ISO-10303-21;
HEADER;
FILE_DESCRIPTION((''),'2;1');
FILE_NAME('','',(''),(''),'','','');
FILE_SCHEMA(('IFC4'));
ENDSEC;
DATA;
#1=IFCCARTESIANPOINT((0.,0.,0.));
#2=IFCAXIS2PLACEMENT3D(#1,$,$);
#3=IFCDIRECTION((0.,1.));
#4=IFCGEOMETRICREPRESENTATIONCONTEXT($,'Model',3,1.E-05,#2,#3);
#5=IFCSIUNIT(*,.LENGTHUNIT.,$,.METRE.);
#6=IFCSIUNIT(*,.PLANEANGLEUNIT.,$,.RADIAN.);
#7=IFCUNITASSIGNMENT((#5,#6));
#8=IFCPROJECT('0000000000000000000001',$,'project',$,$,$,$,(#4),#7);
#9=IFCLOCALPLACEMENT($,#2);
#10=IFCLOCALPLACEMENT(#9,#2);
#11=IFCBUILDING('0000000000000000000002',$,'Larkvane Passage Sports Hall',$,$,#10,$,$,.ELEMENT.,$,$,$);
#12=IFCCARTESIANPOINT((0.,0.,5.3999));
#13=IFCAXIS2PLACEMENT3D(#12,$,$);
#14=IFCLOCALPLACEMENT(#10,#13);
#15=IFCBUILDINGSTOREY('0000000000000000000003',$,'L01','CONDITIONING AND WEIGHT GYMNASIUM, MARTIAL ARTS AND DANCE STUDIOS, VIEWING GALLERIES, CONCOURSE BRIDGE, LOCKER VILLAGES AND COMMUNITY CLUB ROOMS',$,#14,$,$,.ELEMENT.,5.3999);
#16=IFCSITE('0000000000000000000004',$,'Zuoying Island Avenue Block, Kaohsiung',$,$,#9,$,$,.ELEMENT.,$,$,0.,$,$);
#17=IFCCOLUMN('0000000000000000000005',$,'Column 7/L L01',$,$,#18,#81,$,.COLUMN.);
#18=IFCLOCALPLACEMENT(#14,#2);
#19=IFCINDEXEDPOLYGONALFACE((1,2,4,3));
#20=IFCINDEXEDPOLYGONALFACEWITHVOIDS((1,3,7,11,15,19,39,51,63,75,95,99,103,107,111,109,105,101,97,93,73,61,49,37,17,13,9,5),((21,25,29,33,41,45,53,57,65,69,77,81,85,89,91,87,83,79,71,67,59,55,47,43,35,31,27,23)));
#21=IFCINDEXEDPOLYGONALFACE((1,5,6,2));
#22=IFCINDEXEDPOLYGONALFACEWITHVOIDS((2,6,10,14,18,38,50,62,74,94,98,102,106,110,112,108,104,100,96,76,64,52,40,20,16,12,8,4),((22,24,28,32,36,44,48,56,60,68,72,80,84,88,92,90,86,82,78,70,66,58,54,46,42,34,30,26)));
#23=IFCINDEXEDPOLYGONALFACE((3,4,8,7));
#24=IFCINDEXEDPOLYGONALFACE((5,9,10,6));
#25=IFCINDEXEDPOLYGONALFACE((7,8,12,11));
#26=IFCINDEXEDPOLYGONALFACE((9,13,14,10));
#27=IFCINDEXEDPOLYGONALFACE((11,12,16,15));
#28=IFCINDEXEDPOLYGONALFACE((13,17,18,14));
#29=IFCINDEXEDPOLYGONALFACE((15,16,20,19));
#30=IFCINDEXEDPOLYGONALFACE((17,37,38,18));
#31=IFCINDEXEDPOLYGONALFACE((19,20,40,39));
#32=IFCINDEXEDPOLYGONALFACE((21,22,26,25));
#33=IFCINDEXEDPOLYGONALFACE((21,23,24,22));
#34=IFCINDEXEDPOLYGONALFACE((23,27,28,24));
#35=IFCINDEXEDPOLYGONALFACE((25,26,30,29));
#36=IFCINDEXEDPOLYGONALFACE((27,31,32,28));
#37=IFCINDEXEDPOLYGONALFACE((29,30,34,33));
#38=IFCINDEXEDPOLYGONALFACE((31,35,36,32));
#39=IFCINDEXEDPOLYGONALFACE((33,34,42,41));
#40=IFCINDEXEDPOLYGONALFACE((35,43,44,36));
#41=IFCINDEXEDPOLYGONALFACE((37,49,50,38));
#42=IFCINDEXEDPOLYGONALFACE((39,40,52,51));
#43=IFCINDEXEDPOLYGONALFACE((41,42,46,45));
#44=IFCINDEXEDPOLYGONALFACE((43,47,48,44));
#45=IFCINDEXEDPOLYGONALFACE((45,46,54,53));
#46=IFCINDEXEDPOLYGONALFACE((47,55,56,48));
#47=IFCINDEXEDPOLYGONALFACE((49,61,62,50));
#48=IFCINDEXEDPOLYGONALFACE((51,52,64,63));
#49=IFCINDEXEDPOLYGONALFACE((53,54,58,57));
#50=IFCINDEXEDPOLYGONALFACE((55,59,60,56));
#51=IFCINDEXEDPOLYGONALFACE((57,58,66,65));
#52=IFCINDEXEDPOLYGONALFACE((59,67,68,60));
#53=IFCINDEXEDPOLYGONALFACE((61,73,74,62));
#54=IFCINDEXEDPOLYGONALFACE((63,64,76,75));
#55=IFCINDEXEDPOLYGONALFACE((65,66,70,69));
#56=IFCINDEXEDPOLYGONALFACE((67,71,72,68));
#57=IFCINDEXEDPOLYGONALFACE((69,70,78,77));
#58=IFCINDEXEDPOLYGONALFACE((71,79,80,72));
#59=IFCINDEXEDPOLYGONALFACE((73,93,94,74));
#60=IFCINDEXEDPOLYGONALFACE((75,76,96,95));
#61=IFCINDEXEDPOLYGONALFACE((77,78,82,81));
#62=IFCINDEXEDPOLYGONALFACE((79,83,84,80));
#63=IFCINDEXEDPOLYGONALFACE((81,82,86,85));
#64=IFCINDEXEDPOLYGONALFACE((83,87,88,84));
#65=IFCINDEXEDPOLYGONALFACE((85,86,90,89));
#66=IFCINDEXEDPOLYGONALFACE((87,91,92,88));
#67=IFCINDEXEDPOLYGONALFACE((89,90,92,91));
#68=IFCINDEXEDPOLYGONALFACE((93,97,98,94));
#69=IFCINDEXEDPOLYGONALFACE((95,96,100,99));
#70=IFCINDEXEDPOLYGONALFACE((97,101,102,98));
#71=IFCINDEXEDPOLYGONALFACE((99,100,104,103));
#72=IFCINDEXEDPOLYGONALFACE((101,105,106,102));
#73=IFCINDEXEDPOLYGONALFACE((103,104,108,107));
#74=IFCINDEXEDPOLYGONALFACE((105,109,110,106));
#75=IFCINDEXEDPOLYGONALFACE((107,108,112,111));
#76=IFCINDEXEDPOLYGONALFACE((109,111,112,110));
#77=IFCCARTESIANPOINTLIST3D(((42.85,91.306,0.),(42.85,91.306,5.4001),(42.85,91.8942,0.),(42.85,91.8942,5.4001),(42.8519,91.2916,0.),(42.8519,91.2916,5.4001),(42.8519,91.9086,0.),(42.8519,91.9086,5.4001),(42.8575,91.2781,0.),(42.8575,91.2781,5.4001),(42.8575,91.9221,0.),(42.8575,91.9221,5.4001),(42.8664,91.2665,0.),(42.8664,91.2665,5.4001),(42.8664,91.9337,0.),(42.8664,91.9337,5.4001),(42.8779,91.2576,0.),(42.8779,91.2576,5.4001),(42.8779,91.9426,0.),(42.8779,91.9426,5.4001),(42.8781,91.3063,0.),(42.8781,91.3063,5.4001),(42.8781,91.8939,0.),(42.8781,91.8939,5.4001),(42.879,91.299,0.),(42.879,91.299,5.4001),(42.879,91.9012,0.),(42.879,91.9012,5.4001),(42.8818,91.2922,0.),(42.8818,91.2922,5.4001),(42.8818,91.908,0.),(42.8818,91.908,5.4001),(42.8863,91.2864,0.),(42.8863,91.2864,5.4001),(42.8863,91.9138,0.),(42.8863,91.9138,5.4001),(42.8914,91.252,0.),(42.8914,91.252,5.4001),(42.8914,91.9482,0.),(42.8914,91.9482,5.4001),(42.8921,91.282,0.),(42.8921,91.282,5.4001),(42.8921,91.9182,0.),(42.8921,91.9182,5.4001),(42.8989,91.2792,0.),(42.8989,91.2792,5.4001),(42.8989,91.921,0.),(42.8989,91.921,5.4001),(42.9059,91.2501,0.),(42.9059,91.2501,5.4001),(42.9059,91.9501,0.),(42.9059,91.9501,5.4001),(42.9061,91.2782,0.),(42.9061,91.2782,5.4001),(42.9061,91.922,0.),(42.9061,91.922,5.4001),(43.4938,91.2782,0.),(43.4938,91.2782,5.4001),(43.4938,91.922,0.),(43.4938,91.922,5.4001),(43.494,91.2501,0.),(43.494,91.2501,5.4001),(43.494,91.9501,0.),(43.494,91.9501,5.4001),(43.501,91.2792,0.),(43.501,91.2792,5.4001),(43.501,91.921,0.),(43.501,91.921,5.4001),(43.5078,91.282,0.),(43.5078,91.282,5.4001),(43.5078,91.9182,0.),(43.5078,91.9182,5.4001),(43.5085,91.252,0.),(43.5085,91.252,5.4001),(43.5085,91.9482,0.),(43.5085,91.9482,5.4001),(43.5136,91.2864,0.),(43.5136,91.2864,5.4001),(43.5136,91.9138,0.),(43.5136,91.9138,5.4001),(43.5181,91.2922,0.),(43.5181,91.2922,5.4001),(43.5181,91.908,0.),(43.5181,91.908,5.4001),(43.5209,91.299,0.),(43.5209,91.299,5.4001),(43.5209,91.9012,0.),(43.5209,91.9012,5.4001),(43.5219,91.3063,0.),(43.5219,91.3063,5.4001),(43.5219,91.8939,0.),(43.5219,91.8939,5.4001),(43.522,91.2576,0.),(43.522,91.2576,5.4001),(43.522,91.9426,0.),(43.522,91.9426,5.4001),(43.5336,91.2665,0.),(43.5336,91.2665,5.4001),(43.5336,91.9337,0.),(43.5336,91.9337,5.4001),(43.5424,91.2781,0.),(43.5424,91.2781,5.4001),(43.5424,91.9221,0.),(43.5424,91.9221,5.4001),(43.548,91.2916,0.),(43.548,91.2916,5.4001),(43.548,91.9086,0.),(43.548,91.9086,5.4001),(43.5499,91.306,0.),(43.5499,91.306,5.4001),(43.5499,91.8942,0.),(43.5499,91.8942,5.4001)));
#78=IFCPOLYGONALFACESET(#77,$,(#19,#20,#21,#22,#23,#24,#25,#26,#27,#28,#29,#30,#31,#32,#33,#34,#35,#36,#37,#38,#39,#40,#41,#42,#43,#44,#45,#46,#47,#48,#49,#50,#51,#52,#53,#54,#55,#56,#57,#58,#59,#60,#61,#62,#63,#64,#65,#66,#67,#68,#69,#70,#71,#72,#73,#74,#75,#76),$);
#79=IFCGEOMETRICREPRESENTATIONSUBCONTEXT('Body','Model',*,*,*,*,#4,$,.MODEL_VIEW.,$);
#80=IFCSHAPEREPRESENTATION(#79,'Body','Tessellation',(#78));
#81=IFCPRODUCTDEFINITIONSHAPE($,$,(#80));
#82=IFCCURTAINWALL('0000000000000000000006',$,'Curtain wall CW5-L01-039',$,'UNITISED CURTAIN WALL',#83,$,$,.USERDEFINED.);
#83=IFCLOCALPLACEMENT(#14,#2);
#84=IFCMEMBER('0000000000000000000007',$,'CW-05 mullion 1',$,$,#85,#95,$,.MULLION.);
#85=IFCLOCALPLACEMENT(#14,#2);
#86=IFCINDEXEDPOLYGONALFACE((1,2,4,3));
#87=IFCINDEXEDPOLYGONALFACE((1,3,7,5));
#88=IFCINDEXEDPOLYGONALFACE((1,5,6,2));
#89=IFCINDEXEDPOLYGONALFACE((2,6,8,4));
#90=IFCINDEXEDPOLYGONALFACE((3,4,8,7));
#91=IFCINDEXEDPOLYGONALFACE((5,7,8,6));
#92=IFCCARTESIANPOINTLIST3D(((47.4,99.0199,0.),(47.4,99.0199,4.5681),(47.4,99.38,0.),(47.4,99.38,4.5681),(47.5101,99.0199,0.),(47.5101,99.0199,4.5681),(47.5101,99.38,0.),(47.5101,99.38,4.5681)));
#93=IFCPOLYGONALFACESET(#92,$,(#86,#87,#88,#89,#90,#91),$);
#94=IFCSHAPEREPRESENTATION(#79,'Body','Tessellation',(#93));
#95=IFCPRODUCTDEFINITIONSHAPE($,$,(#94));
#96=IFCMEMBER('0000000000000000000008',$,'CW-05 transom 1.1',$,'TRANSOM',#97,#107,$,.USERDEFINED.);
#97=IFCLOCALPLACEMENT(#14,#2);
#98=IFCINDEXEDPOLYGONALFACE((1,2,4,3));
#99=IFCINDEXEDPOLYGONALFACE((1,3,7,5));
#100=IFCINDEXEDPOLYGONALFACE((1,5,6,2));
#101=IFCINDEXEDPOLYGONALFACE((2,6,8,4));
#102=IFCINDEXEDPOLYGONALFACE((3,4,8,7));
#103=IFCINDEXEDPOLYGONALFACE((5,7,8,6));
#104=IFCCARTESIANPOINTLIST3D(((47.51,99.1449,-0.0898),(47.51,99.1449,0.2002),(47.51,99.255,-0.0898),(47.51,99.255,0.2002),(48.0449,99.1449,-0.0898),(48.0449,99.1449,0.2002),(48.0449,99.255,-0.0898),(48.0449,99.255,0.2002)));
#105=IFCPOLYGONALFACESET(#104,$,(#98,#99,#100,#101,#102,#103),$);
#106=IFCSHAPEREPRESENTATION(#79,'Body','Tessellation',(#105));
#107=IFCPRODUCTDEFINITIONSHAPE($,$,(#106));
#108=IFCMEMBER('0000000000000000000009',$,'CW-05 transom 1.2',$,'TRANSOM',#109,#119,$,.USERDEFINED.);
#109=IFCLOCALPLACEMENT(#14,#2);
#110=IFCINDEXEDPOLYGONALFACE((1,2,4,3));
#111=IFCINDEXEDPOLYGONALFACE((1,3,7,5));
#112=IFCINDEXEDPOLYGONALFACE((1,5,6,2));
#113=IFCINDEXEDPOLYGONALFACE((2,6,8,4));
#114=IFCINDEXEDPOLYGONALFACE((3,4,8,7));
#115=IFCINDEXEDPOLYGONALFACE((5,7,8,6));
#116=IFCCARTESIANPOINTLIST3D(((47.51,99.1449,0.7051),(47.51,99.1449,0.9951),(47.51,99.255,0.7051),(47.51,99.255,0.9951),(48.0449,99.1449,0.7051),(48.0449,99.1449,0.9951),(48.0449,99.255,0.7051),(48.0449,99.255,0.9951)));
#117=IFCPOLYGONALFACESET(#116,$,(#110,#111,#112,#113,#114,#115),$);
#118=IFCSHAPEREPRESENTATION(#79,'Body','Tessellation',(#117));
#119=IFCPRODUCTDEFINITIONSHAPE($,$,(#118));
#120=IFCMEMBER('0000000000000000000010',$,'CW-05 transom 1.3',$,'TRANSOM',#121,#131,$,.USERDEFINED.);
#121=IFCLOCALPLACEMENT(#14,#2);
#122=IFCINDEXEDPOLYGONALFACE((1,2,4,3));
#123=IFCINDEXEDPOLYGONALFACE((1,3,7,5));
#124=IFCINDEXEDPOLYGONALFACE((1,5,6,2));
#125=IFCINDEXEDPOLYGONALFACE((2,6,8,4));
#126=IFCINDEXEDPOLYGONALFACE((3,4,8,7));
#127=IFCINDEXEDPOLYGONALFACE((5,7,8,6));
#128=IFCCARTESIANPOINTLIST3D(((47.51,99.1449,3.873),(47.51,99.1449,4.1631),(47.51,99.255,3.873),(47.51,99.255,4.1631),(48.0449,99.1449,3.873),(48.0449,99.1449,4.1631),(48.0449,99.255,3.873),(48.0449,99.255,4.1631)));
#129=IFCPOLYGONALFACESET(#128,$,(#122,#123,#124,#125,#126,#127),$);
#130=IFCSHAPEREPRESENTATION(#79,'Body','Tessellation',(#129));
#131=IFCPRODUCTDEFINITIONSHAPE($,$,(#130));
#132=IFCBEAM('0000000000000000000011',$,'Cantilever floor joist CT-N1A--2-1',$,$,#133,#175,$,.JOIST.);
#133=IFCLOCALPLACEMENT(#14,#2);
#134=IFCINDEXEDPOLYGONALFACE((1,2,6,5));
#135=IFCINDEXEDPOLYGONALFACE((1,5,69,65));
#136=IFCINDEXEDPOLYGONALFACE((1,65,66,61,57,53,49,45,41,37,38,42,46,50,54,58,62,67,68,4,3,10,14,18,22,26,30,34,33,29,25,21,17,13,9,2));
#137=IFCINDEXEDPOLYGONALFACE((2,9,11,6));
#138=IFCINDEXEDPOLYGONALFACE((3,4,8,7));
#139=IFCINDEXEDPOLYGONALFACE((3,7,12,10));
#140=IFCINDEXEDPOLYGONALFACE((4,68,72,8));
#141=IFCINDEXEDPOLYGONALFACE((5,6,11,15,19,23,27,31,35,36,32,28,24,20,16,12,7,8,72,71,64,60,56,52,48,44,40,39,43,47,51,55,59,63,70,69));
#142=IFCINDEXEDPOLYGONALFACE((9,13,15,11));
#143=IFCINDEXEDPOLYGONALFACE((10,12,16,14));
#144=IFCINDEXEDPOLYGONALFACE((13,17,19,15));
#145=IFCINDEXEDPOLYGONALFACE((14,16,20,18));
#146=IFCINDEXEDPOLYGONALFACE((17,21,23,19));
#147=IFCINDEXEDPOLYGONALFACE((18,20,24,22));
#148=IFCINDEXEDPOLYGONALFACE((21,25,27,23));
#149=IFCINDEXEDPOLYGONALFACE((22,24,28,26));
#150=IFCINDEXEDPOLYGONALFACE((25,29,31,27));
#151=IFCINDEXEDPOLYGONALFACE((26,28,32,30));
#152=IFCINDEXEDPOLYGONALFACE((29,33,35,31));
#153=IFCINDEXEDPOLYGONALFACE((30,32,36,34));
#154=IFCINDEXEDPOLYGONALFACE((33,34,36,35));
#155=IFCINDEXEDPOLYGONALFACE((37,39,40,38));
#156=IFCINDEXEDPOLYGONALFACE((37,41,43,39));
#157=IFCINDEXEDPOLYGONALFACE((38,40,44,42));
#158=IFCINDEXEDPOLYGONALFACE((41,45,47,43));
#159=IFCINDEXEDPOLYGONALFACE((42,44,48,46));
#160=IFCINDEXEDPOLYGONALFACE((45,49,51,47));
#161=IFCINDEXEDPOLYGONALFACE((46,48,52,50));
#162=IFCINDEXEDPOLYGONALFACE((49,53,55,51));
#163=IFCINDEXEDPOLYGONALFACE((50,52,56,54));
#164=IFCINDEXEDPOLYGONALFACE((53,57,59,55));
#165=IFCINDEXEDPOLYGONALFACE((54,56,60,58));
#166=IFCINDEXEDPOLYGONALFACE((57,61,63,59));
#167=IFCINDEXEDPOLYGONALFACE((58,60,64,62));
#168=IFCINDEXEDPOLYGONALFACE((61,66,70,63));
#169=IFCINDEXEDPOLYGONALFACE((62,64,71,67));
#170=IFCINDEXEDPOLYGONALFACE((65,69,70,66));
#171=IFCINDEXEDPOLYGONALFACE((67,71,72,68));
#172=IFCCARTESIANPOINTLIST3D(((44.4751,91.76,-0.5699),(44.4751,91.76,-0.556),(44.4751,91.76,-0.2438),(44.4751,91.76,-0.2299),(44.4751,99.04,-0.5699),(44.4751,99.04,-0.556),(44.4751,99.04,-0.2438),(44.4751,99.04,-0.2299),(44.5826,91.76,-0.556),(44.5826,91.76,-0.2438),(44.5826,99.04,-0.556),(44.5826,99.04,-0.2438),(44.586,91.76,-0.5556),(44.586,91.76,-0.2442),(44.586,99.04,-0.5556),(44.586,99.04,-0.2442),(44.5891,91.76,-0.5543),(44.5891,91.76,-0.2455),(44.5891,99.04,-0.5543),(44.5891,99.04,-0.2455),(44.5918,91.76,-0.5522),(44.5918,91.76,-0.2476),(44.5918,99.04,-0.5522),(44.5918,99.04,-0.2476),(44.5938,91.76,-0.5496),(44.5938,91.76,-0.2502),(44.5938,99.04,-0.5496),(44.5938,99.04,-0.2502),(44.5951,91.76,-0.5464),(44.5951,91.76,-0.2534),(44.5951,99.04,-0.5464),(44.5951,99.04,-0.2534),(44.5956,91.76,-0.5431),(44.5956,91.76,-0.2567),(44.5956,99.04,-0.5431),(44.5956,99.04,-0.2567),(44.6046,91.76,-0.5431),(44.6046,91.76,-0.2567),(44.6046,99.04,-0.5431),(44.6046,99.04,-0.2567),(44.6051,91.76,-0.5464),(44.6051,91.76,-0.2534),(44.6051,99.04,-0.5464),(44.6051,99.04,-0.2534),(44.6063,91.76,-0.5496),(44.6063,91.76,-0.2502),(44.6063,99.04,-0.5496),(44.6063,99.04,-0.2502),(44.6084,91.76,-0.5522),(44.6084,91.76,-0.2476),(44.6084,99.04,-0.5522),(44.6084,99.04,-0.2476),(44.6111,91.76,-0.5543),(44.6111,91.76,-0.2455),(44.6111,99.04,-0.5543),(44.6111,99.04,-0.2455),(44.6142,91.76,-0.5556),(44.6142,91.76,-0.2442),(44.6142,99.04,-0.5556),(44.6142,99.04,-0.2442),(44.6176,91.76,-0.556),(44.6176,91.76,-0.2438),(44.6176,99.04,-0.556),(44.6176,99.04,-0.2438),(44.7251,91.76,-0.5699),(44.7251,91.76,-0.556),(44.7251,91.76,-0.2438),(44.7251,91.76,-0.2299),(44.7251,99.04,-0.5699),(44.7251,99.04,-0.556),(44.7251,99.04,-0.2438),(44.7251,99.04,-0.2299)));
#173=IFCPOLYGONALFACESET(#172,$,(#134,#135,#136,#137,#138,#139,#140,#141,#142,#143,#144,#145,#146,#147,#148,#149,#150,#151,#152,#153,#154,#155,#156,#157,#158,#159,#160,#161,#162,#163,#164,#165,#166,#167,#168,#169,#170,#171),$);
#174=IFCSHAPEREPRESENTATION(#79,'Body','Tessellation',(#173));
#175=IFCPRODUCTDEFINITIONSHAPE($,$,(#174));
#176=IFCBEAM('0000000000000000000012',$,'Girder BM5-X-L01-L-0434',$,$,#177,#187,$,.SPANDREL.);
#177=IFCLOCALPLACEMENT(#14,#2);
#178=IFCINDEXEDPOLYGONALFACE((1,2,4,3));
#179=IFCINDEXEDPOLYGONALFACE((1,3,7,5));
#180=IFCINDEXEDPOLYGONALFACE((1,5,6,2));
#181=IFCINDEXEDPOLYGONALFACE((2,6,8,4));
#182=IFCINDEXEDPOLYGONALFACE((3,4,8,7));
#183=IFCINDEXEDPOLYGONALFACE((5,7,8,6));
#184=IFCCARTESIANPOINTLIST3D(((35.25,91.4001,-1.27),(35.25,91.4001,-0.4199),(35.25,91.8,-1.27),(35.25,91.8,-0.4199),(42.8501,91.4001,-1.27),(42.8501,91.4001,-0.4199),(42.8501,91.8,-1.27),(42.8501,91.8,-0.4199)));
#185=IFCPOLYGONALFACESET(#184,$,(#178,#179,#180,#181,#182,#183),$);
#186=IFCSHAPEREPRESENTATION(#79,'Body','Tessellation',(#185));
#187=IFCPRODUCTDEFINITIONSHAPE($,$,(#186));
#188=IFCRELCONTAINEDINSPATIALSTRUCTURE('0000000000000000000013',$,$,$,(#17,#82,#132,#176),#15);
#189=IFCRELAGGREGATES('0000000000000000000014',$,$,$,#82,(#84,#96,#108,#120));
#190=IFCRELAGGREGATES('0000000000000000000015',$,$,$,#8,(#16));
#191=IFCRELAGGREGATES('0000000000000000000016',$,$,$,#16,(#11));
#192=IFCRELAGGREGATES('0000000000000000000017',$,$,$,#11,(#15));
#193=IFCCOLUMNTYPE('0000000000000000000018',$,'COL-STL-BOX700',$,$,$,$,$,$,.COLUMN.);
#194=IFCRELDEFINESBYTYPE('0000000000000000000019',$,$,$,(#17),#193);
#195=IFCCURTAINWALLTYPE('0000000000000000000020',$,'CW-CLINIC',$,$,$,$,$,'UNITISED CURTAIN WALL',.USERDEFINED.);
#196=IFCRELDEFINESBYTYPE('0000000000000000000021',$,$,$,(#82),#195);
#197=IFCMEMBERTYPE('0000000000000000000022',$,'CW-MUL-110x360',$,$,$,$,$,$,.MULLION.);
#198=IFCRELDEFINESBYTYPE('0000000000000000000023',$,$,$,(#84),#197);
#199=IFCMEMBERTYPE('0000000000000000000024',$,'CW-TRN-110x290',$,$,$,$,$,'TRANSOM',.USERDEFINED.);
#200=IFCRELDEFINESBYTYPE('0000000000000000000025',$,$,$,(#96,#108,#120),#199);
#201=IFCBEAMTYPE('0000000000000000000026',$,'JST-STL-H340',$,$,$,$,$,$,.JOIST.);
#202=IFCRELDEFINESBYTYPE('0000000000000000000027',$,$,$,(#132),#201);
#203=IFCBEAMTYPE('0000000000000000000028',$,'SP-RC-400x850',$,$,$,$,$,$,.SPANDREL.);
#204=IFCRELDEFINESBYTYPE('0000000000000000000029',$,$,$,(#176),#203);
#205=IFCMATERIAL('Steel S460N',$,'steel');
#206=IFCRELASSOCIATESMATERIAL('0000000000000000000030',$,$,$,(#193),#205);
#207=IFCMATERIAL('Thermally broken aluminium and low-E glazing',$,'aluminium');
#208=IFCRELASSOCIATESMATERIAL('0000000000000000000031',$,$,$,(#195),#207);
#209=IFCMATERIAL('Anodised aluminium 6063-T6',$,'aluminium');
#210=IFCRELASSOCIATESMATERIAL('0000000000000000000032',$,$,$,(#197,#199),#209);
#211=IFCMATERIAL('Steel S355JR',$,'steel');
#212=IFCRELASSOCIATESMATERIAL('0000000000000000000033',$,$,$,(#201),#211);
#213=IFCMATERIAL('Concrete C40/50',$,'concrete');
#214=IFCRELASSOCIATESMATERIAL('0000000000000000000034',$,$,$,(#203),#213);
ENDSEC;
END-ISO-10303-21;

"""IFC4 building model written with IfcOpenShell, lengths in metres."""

from ifc_helpers import new_model, si_unit, direction, frame, origin, origin_2d, place, context, subcontext, project, spatial, rectangle, hollow_rectangle, i_section, extrude, material, material_profile, profile_set, type_object, element, aggregate, save


model = new_model("IFC4")

# Units and contexts
model_context = context("Model", 3, precision=1e-05, world=origin(), true_north=direction((0.0, 1.0)))
body_context = subcontext(model_context, "Body", "Model", "MODEL_VIEW")
ifc_project = project(units=[si_unit("LENGTHUNIT", "METRE"), si_unit("PLANEANGLEUNIT", "RADIAN")], contexts=[model_context])

# Site, building, storey
site_placement = place(None, origin())
site = spatial("IfcSite", under=ifc_project, at=site_placement, Name="Zuoying Island Avenue Block, Kaohsiung", CompositionType="ELEMENT", RefElevation=0.0)
building_placement = place(site_placement, origin())
building = spatial("IfcBuilding", under=site, at=building_placement, Name="Larkvane Passage Sports Hall", CompositionType="ELEMENT")
storey_placement = place(building_placement, frame((0.0, 0.0, 5.3999)))
storey = spatial("IfcBuildingStorey", under=building, at=storey_placement, Name="L01", Description="CONDITIONING AND WEIGHT GYMNASIUM, MARTIAL ARTS AND DANCE STUDIOS, VIEWING GALLERIES, CONCOURSE BRIDGE, LOCKER VILLAGES AND COMMUNITY CLUB ROOMS", CompositionType="ELEMENT", Elevation=5.3999)

# Column
ifc_material_1 = material(Name="Steel S460N", Category="steel")
ifc_material_profile_1 = material_profile(ifc_material_1, hollow_rectangle(XDim=0.7, YDim=0.7, WallThickness=0.0281, InnerFilletRadius=0.0281, OuterFilletRadius=0.0559, at=origin_2d()), Name="BOX-700x700x28")
ifc_profile_set_1 = profile_set([ifc_material_profile_1], Name="Steel S460N")
column_type = type_object("IfcColumnType", Name="COL-STL-BOX700", PredefinedType="COLUMN", material=ifc_profile_set_1)
column_placement = place(storey_placement, frame((43.2, 91.6001, 0.0), z_axis=(0.0, 0.0, 1.0), x_axis=(1.0, 0.0, 0.0)))
element("IfcColumn", 1, at=column_placement, inside=storey, type_object=column_type, Name="Column 7/L L01", PredefinedType="COLUMN", context=body_context, shape_type="SweptSolid", body=[
    extrude(hollow_rectangle(XDim=0.7, YDim=0.7, WallThickness=0.0281, InnerFilletRadius=0.0281, OuterFilletRadius=0.0559, at=origin_2d()), origin(), (0.0, 0.0, 1.0), 5.4001),
])

# Curtain wall, members
ifc_material_2 = material(Name="Thermally broken aluminium and low-E glazing", Category="aluminium")
curtain_wall_type = type_object("IfcCurtainWallType", Name="CW-CLINIC", ElementType="UNITISED CURTAIN WALL", PredefinedType="USERDEFINED", material=ifc_material_2)
curtain_wall_placement = place(storey_placement, origin())
curtain_wall = element("IfcCurtainWall", 2, at=curtain_wall_placement, inside=storey, type_object=curtain_wall_type, Name="Curtain wall CW5-L01-039", ObjectType="UNITISED CURTAIN WALL", PredefinedType="USERDEFINED")
ifc_material_3 = material(Name="Anodised aluminium 6063-T6", Category="aluminium")
ifc_material_profile_2 = material_profile(ifc_material_3, rectangle(XDim=0.1101, YDim=0.3601, at=origin_2d()), Name="ALU-MUL-110x360")
ifc_profile_set_2 = profile_set([ifc_material_profile_2], Name="Anodised aluminium 6063-T6")
member_type_1 = type_object("IfcMemberType", Name="CW-MUL-110x360", PredefinedType="MULLION", material=ifc_profile_set_2)
member_1_placement = place(storey_placement, frame((47.4551, 99.2, 0.0), z_axis=(0.0, 0.0, 1.0), x_axis=(1.0, 0.0, 0.0)))
member_1 = element("IfcMember", 3, at=member_1_placement, type_object=member_type_1, Name="CW-05 mullion 1", PredefinedType="MULLION", context=body_context, shape_type="SweptSolid", body=[
    extrude(rectangle(XDim=0.1101, YDim=0.3601, at=origin_2d()), origin(), (0.0, 0.0, 1.0), 4.5681),
])
ifc_material_profile_3 = material_profile(ifc_material_3, rectangle(XDim=0.1101, YDim=0.29, at=origin_2d()), Name="ALU-TRN-110x290")
ifc_profile_set_3 = profile_set([ifc_material_profile_3], Name="Anodised aluminium 6063-T6")
member_type_2 = type_object("IfcMemberType", Name="CW-TRN-110x290", ElementType="TRANSOM", PredefinedType="USERDEFINED", material=ifc_profile_set_3)
member_2_placement = place(storey_placement, frame((47.51, 99.2, 0.0552), z_axis=(1.0, 0.0, 0.0), x_axis=(0.0, 1.0, 0.0)))
member_2 = element("IfcMember", 4, at=member_2_placement, type_object=member_type_2, Name="CW-05 transom 1.1", ObjectType="TRANSOM", PredefinedType="USERDEFINED", context=body_context, shape_type="SweptSolid", body=[
    extrude(rectangle(XDim=0.1101, YDim=0.29, at=origin_2d()), origin(), (0.0, 0.0, 1.0), 0.5349),
])
member_3_placement = place(storey_placement, frame((47.51, 99.2, 0.8501), z_axis=(1.0, 0.0, 0.0), x_axis=(0.0, 1.0, 0.0)))
member_3 = element("IfcMember", 5, at=member_3_placement, type_object=member_type_2, Name="CW-05 transom 1.2", ObjectType="TRANSOM", PredefinedType="USERDEFINED", context=body_context, shape_type="SweptSolid", body=[
    extrude(rectangle(XDim=0.1101, YDim=0.29, at=origin_2d()), origin(), (0.0, 0.0, 1.0), 0.5349),
])
member_4_placement = place(storey_placement, frame((47.51, 99.2, 4.0181), z_axis=(1.0, 0.0, 0.0), x_axis=(0.0, 1.0, 0.0)))
member_4 = element("IfcMember", 6, at=member_4_placement, type_object=member_type_2, Name="CW-05 transom 1.3", ObjectType="TRANSOM", PredefinedType="USERDEFINED", context=body_context, shape_type="SweptSolid", body=[
    extrude(rectangle(XDim=0.1101, YDim=0.29, at=origin_2d()), origin(), (0.0, 0.0, 1.0), 0.5349),
])
aggregate(curtain_wall, [member_1, member_2, member_3, member_4])

# Beams
ifc_material_4 = material(Name="Steel S355JR", Category="steel")
ifc_material_profile_4 = material_profile(ifc_material_4, i_section(OverallWidth=0.25, OverallDepth=0.3401, WebThickness=0.009, FlangeThickness=0.0139, FilletRadius=0.0129, at=origin_2d()), Name="H-340x250x9x14")
ifc_profile_set_4 = profile_set([ifc_material_profile_4], Name="Steel S355JR")
beam_type_1 = type_object("IfcBeamType", Name="JST-STL-H340", PredefinedType="JOIST", material=ifc_profile_set_4)
beam_1_placement = place(storey_placement, frame((44.6001, 91.76, -0.3999), z_axis=(0.0, 1.0, 0.0), x_axis=(-1.0, 0.0, 0.0)))
element("IfcBeam", 7, at=beam_1_placement, inside=storey, type_object=beam_type_1, Name="Cantilever floor joist CT-N1A--2-1", PredefinedType="JOIST", context=body_context, shape_type="SweptSolid", body=[
    extrude(i_section(OverallWidth=0.25, OverallDepth=0.3401, WebThickness=0.009, FlangeThickness=0.0139, FilletRadius=0.0129, at=origin_2d()), origin(), (0.0, 0.0, 1.0), 7.28),
])
ifc_material_5 = material(Name="Concrete C40/50", Category="concrete")
ifc_material_profile_5 = material_profile(ifc_material_5, rectangle(XDim=0.3999, YDim=0.8501, at=origin_2d()), Name="RC-SP-400x850")
ifc_profile_set_5 = profile_set([ifc_material_profile_5], Name="Concrete C40/50")
beam_type_2 = type_object("IfcBeamType", Name="SP-RC-400x850", PredefinedType="SPANDREL", material=ifc_profile_set_5)
beam_2_placement = place(storey_placement, frame((35.25, 91.6001, -0.845), z_axis=(1.0, 0.0, 0.0), x_axis=(0.0, 1.0, 0.0)))
element("IfcBeam", 8, at=beam_2_placement, inside=storey, type_object=beam_type_2, Name="Girder BM5-X-L01-L-0434", PredefinedType="SPANDREL", context=body_context, shape_type="SweptSolid", body=[
    extrude(rectangle(XDim=0.3999, YDim=0.8501, at=origin_2d()), origin(), (0.0, 0.0, 1.0), 7.6001),
])

save(model, "model.ifc")
